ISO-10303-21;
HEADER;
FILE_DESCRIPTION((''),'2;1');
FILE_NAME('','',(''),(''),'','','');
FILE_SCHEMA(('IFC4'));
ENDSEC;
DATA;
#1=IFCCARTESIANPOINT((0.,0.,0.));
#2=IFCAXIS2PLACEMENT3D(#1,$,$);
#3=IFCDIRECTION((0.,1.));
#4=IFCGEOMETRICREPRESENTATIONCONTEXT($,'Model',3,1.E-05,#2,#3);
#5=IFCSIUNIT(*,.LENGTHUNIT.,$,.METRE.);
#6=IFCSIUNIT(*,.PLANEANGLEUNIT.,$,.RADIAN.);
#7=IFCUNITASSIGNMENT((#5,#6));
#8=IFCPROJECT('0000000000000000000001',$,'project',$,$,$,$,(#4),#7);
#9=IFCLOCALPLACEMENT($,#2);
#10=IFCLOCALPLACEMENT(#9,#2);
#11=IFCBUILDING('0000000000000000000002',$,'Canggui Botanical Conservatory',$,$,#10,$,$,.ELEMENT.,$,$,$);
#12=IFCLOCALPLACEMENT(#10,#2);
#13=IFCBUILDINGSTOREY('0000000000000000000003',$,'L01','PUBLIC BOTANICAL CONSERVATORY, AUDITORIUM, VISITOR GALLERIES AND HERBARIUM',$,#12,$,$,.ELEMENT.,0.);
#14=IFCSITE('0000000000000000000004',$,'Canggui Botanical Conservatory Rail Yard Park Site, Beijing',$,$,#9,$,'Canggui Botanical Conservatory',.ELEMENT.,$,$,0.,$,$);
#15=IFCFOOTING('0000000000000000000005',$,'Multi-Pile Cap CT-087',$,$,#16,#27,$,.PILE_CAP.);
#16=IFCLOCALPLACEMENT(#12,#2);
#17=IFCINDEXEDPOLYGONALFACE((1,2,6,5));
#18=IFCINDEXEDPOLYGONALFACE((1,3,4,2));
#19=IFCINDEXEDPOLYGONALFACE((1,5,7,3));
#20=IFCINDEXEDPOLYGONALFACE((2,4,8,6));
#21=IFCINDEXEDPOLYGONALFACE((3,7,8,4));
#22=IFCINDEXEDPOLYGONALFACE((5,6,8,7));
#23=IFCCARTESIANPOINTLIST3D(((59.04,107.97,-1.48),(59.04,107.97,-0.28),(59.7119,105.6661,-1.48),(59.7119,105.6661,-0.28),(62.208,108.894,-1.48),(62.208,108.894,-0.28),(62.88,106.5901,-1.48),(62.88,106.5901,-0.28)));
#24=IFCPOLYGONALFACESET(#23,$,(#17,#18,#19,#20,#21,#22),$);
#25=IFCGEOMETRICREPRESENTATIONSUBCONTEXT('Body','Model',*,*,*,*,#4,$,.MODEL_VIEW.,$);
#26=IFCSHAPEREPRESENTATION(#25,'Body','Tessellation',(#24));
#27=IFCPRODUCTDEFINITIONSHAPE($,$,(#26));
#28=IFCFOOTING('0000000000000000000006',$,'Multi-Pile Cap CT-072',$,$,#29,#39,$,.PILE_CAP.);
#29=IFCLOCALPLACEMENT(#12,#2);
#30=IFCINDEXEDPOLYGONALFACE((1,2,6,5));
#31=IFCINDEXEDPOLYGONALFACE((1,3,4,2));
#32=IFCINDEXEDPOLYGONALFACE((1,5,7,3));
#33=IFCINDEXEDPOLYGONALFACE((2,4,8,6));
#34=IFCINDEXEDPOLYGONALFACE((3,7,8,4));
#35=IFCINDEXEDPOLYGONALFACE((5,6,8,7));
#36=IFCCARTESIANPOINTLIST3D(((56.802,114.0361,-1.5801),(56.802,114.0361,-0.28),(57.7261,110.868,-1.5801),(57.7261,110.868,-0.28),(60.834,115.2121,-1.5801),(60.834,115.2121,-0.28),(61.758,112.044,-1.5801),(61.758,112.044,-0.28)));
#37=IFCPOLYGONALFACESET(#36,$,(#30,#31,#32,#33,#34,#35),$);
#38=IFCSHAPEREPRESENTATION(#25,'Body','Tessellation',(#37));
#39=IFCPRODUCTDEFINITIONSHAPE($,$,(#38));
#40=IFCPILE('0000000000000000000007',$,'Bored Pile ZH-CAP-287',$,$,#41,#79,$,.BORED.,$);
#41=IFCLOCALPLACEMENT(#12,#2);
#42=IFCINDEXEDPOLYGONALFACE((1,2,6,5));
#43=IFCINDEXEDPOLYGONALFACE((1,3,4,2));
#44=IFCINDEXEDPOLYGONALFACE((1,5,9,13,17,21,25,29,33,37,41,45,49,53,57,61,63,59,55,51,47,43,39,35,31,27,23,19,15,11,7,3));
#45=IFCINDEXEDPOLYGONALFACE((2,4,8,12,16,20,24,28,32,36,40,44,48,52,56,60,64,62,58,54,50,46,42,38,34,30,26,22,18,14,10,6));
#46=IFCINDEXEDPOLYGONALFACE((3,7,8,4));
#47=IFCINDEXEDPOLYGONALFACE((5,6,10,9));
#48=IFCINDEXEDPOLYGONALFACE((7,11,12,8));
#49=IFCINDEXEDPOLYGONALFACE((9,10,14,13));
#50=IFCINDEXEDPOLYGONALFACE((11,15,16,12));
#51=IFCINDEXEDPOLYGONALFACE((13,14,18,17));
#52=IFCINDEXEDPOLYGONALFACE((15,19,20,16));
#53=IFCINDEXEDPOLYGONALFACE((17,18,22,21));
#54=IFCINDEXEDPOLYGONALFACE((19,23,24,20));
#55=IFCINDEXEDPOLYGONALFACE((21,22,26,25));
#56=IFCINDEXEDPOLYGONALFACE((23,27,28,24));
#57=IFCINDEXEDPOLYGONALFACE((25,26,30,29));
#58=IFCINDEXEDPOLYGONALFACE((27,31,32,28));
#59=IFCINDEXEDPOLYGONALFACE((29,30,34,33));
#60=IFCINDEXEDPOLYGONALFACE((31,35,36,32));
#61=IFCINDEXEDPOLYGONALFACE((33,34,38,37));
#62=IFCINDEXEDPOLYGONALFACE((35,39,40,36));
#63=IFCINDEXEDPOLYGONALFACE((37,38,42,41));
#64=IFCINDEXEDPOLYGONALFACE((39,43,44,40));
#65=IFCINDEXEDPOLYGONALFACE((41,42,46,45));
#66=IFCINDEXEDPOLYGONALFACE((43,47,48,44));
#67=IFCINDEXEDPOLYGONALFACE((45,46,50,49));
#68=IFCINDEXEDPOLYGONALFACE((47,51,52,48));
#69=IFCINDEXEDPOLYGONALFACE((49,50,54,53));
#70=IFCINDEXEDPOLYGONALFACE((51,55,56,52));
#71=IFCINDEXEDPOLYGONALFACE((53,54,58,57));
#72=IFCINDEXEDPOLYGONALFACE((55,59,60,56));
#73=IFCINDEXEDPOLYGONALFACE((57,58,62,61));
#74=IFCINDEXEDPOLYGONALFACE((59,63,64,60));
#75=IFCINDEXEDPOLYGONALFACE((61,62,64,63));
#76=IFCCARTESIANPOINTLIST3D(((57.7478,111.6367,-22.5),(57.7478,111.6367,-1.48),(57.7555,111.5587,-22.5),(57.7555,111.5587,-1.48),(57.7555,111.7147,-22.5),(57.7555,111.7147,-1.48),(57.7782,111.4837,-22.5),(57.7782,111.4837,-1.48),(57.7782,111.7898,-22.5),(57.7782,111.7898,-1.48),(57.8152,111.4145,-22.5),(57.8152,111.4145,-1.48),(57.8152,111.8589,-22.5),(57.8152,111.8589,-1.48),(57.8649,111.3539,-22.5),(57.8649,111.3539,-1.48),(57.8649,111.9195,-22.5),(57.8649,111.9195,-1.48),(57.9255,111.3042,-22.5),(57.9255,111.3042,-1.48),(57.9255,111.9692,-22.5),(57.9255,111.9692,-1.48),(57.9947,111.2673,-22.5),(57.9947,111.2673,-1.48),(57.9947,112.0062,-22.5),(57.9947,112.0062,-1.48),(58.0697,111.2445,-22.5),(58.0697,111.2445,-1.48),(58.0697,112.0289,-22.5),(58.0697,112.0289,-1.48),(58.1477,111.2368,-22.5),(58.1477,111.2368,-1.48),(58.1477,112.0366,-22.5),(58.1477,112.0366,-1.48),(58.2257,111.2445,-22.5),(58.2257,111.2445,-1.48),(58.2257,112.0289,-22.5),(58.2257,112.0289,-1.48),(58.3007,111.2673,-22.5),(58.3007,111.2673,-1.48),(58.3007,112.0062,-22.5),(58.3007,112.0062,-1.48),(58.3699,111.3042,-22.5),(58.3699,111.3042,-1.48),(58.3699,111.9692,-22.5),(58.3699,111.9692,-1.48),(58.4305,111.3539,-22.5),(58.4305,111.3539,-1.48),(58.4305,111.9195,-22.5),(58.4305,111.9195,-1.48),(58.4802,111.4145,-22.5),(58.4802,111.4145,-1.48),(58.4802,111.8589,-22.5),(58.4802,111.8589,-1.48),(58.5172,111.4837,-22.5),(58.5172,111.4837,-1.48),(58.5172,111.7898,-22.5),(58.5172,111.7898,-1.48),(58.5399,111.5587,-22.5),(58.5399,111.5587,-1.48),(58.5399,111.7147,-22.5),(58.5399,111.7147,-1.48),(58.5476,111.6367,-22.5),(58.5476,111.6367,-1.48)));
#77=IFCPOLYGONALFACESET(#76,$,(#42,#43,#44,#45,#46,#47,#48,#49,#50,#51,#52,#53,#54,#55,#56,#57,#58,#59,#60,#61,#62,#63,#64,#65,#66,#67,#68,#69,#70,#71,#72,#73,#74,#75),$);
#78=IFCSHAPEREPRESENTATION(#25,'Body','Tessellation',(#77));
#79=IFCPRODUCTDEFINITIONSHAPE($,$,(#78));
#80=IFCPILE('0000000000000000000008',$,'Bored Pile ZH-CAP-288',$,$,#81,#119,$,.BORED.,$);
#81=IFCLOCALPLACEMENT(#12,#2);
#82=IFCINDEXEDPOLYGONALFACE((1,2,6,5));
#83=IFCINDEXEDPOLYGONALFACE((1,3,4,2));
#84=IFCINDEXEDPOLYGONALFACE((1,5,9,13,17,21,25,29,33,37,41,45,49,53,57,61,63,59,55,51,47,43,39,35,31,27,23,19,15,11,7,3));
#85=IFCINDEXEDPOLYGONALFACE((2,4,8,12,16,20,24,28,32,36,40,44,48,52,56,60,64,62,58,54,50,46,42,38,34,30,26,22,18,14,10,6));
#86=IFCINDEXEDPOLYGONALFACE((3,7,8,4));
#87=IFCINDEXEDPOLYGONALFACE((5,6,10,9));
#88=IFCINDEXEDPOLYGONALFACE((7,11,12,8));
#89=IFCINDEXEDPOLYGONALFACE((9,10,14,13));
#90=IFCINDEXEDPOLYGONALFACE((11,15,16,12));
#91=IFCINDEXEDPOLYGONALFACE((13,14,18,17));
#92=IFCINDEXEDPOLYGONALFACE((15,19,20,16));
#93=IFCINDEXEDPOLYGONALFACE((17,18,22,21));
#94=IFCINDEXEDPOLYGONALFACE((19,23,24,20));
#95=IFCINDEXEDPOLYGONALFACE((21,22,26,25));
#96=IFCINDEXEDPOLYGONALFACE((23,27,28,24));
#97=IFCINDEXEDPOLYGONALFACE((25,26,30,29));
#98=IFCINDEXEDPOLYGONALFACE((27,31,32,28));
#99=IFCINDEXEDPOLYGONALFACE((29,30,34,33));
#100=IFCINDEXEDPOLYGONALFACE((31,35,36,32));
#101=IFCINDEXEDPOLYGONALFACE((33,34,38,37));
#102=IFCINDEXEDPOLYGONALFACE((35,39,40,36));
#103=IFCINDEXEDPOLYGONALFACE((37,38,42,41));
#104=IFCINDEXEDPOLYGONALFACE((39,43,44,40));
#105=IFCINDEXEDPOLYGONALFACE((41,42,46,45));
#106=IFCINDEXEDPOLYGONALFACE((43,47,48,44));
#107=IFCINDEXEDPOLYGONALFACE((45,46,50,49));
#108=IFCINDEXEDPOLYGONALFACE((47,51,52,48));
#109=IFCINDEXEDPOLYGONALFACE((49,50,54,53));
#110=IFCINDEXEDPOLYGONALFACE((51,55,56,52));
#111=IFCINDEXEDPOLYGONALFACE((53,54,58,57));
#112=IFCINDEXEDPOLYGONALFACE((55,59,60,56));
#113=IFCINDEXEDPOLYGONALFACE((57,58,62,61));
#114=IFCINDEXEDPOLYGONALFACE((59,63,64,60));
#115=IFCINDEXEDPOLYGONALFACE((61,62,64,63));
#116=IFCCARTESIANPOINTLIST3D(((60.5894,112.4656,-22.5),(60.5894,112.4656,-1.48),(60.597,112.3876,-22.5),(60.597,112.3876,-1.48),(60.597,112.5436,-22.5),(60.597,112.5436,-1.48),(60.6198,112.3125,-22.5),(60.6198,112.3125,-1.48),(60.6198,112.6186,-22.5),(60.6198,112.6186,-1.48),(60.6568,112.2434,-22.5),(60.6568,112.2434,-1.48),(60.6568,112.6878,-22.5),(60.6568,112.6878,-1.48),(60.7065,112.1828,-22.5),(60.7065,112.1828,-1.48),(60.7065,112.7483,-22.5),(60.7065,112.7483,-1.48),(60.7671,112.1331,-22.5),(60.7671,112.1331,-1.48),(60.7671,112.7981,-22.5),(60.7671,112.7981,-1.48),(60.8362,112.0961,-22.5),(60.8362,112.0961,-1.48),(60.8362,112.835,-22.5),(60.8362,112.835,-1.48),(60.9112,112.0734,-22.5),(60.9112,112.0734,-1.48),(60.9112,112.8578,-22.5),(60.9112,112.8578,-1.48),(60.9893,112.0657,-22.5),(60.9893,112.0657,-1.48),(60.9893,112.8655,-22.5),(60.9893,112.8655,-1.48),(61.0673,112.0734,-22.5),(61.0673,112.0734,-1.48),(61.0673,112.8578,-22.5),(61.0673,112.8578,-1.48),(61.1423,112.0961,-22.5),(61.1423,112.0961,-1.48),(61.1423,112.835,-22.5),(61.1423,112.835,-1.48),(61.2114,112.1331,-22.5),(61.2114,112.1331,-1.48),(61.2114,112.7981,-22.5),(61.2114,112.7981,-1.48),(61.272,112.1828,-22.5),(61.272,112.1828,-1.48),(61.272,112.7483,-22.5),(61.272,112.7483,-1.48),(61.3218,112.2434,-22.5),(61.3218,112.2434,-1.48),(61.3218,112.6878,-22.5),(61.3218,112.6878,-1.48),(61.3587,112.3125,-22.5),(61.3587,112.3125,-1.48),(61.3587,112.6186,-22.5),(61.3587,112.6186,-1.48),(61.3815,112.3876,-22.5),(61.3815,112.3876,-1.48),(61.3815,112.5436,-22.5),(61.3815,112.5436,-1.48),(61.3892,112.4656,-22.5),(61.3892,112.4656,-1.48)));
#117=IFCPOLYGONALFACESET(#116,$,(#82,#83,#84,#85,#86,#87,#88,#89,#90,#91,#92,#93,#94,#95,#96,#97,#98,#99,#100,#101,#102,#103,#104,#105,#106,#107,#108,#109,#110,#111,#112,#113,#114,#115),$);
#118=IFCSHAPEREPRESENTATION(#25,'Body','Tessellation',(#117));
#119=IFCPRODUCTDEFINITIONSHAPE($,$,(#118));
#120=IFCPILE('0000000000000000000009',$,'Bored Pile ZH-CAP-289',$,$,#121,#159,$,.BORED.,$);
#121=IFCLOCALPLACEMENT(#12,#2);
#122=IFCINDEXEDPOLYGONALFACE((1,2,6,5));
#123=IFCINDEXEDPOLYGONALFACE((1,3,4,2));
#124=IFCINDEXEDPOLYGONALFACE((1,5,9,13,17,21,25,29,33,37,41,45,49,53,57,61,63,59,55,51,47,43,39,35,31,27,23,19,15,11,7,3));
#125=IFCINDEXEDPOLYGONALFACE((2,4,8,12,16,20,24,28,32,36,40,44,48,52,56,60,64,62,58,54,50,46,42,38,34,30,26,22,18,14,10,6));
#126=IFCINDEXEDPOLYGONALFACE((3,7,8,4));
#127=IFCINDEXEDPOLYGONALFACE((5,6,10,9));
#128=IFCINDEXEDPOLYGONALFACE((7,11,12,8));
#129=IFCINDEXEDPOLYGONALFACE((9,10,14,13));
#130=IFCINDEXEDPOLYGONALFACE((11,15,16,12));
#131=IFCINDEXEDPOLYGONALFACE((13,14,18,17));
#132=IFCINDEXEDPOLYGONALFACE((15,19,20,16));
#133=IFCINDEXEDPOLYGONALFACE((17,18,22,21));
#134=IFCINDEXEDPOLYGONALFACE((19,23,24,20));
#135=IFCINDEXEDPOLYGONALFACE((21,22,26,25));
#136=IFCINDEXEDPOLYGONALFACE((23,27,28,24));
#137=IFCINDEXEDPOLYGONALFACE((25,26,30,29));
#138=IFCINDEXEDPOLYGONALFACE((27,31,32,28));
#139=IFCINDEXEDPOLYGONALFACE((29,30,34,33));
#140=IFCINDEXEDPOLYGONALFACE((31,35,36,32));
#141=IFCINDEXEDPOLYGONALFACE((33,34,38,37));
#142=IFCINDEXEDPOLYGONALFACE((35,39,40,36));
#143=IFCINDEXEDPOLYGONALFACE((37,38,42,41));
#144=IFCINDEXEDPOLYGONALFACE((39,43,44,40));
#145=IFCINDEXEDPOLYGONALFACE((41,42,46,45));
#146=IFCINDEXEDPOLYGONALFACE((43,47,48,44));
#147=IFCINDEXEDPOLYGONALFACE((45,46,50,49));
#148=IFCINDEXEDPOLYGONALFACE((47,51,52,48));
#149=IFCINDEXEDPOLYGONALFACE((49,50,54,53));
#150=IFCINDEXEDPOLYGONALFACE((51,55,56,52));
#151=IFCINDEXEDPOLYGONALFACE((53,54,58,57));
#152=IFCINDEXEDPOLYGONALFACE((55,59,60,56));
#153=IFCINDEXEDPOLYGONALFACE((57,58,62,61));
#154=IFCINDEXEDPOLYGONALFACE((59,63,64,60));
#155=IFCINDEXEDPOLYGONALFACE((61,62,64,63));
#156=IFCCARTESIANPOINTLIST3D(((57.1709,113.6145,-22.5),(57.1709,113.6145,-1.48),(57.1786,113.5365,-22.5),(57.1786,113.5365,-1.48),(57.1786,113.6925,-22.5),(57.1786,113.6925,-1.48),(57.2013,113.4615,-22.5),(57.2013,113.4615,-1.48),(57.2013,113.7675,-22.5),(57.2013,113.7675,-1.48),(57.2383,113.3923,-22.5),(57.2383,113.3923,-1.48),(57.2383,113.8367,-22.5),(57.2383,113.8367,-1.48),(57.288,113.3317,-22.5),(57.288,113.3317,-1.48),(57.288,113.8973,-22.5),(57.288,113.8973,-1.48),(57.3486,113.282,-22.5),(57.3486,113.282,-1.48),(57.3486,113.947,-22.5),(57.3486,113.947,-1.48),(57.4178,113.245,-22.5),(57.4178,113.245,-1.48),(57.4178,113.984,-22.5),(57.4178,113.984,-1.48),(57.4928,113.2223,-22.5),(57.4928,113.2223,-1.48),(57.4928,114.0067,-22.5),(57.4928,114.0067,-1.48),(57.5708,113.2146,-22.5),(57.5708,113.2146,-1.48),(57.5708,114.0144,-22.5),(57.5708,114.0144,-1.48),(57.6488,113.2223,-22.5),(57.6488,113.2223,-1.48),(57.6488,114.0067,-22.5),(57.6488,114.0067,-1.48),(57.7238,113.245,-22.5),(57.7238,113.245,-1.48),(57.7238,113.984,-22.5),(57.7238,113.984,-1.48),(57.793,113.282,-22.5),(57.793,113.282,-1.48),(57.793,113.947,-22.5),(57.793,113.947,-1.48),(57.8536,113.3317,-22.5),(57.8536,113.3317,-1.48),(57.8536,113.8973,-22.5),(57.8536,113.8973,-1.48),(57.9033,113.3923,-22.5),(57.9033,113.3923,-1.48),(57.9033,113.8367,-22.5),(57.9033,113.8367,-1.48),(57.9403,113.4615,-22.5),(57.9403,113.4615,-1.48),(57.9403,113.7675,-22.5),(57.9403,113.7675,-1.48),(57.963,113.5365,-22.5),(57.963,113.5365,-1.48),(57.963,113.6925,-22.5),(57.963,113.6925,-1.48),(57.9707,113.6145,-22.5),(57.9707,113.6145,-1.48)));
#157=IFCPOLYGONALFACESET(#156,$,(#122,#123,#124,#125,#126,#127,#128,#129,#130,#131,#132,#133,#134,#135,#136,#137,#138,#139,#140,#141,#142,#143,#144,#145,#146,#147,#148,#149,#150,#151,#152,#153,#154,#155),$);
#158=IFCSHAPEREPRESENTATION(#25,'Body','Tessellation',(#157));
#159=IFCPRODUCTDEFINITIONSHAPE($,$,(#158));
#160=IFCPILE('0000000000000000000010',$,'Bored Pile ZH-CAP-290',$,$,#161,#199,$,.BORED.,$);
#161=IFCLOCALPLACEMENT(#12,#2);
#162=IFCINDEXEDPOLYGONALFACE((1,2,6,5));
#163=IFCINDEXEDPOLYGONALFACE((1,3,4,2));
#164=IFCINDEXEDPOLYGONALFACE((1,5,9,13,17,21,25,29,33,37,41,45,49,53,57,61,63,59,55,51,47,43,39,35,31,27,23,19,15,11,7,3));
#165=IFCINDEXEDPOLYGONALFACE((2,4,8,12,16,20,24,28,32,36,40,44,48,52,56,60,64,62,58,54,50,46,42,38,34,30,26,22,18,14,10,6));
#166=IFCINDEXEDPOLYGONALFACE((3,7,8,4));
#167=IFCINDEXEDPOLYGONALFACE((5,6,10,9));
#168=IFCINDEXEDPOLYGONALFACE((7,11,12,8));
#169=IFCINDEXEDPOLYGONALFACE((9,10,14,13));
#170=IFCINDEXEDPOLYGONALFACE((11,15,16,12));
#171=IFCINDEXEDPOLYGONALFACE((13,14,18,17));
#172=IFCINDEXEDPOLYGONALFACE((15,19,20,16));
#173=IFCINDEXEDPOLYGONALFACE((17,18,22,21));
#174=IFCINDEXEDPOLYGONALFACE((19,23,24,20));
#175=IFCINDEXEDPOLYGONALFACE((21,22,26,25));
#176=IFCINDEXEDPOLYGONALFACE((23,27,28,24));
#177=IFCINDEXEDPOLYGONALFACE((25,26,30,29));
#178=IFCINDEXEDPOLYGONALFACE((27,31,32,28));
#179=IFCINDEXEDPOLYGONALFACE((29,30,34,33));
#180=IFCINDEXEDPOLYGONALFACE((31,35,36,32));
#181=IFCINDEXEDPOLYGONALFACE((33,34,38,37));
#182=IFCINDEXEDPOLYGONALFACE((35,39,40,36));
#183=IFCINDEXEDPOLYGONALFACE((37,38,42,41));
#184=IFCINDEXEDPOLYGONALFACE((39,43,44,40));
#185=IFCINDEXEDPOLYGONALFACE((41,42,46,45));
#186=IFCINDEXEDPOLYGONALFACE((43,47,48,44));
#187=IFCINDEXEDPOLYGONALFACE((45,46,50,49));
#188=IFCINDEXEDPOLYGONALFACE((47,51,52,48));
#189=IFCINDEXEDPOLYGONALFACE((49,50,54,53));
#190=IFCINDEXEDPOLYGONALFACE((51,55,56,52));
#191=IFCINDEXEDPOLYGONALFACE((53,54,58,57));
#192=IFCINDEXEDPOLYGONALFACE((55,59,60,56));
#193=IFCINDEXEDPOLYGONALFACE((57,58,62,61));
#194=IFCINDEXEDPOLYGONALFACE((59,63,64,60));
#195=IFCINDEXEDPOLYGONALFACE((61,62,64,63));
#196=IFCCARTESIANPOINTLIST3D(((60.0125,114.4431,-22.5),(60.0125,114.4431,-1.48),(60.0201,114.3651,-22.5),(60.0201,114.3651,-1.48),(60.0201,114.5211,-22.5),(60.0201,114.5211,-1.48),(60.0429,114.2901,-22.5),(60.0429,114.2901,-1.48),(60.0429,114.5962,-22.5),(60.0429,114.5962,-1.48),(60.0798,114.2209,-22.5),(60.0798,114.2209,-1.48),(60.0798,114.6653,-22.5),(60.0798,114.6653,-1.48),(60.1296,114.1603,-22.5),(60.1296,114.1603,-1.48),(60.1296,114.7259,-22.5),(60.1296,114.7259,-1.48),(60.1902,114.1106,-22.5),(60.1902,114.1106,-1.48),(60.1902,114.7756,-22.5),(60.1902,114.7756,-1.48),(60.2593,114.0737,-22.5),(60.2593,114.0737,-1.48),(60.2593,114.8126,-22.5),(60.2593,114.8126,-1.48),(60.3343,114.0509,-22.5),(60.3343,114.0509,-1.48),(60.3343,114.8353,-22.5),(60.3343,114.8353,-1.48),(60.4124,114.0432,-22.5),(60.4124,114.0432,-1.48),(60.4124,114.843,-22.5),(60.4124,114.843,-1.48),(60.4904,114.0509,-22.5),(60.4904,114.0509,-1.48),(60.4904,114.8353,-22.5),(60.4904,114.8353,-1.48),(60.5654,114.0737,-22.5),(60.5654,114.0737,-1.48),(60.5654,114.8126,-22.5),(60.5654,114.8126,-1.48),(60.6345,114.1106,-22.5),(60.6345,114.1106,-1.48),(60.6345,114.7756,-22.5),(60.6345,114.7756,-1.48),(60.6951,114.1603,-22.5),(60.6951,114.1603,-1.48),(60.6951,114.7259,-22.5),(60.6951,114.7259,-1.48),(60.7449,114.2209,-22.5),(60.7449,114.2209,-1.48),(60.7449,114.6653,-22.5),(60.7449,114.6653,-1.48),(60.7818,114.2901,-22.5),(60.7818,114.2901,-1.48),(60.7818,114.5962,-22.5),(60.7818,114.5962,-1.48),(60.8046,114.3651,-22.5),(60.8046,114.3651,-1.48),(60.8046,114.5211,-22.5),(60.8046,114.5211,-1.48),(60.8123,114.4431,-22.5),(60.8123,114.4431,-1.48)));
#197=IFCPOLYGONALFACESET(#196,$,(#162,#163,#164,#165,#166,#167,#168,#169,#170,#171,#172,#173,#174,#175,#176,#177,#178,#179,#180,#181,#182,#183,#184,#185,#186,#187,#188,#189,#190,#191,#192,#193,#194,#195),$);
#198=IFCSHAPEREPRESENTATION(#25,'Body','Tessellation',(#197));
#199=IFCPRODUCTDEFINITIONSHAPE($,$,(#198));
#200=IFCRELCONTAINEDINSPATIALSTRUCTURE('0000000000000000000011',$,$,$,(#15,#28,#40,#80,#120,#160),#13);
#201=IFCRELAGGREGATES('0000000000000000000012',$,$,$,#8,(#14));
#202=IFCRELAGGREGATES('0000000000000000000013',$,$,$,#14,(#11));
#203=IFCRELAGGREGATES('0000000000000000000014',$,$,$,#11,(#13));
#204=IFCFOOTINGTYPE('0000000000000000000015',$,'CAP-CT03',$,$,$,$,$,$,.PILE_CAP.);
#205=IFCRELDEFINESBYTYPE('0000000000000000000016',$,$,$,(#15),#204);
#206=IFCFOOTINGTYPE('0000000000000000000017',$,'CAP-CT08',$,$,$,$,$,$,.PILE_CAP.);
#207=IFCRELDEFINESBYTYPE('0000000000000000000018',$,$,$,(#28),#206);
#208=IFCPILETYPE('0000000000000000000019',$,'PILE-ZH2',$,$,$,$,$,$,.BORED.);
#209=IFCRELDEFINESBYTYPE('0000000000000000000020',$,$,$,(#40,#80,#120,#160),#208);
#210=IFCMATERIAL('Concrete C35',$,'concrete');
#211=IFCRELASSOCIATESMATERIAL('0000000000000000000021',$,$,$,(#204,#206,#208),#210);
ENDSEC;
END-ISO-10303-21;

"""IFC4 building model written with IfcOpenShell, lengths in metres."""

from ifc_helpers import new_model, si_unit, direction, frame, origin, origin_2d, place, context, subcontext, project, spatial, rectangle, circle, extrude, material, material_profile, profile_set, type_object, element, save


model = new_model("IFC4")

# Units and contexts
model_context = context("Model", 3, precision=1e-05, world=origin(), true_north=direction((0.0, 1.0)))
body_context = subcontext(model_context, "Body", "Model", "MODEL_VIEW")
ifc_project = project(units=[si_unit("LENGTHUNIT", "METRE"), si_unit("PLANEANGLEUNIT", "RADIAN")], contexts=[model_context])

# Site, building, storey
site_placement = place(None, origin())
site = spatial("IfcSite", under=ifc_project, at=site_placement, Name="Canggui Botanical Conservatory Rail Yard Park Site, Beijing", LongName="Canggui Botanical Conservatory", CompositionType="ELEMENT", RefElevation=0.0)
building_placement = place(site_placement, origin())
building = spatial("IfcBuilding", under=site, at=building_placement, Name="Canggui Botanical Conservatory", CompositionType="ELEMENT")
storey_placement = place(building_placement, origin())
storey = spatial("IfcBuildingStorey", under=building, at=storey_placement, Name="L01", Description="PUBLIC BOTANICAL CONSERVATORY, AUDITORIUM, VISITOR GALLERIES AND HERBARIUM", CompositionType="ELEMENT", Elevation=0.0)

# Footings
ifc_material_1 = material(Name="Concrete C35", Category="concrete")
footing_type_1 = type_object("IfcFootingType", Name="CAP-CT03", PredefinedType="PILE_CAP", material=ifc_material_1)
footing_1_placement = place(storey_placement, frame((60.96, 107.28, -1.48), z_axis=(0.0, 0.0, 1.0), x_axis=(0.96, 0.28, 0.0)))
element("IfcFooting", 1, at=footing_1_placement, inside=storey, type_object=footing_type_1, Name="Multi-Pile Cap CT-087", PredefinedType="PILE_CAP", context=body_context, shape_type="SweptSolid", body=[
    extrude(rectangle(XDim=3.3, YDim=2.3999, at=origin_2d()), origin(), (0.0, 0.0, 1.0), 1.2),
])
footing_type_2 = type_object("IfcFootingType", Name="CAP-CT08", PredefinedType="PILE_CAP", material=ifc_material_1)
footing_2_placement = place(storey_placement, frame((59.28, 113.04, -1.5801), z_axis=(0.0, 0.0, 1.0), x_axis=(0.96, 0.28, 0.0)))
element("IfcFooting", 2, at=footing_2_placement, inside=storey, type_object=footing_type_2, Name="Multi-Pile Cap CT-072", PredefinedType="PILE_CAP", context=body_context, shape_type="SweptSolid", body=[
    extrude(rectangle(XDim=4.2, YDim=3.3, at=origin_2d()), origin(), (0.0, 0.0, 1.0), 1.3),
])

# Piles
ifc_material_profile_1 = material_profile(ifc_material_1, circle(Radius=0.3999, at=origin_2d()), Name="PILE D800")
ifc_profile_set_1 = profile_set([ifc_material_profile_1], Name="Concrete C35")
pile_type = type_object("IfcPileType", Name="PILE-ZH2", PredefinedType="BORED", material=ifc_profile_set_1)
for number, where, z_axis, x_axis, name in (
    (3, (58.1477, 111.6367, -1.48), (0.0, 0.0, -1.0), (1.0, 0.0, 0.0), "Bored Pile ZH-CAP-287"),
    (4, (60.9893, 112.4656, -1.48), (0.0, 0.0, -1.0), (1.0, 0.0, 0.0), "Bored Pile ZH-CAP-288"),
    (5, (57.5708, 113.6145, -1.48), (0.0, 0.0, -1.0), (1.0, 0.0, 0.0), "Bored Pile ZH-CAP-289"),
    (6, (60.4124, 114.4431, -1.48), (0.0, 0.0, -1.0), (1.0, 0.0, 0.0), "Bored Pile ZH-CAP-290"),
):
    element("IfcPile", number, at=place(storey_placement, frame(where, z_axis=z_axis, x_axis=x_axis)), inside=storey, type_object=pile_type, Name=name, PredefinedType="BORED", context=body_context, shape_type="SweptSolid", body=[
        extrude(circle(Radius=0.3999, at=origin_2d()), origin(), (0.0, 0.0, 1.0), 21.02),
    ])

save(model, "model.ifc")
